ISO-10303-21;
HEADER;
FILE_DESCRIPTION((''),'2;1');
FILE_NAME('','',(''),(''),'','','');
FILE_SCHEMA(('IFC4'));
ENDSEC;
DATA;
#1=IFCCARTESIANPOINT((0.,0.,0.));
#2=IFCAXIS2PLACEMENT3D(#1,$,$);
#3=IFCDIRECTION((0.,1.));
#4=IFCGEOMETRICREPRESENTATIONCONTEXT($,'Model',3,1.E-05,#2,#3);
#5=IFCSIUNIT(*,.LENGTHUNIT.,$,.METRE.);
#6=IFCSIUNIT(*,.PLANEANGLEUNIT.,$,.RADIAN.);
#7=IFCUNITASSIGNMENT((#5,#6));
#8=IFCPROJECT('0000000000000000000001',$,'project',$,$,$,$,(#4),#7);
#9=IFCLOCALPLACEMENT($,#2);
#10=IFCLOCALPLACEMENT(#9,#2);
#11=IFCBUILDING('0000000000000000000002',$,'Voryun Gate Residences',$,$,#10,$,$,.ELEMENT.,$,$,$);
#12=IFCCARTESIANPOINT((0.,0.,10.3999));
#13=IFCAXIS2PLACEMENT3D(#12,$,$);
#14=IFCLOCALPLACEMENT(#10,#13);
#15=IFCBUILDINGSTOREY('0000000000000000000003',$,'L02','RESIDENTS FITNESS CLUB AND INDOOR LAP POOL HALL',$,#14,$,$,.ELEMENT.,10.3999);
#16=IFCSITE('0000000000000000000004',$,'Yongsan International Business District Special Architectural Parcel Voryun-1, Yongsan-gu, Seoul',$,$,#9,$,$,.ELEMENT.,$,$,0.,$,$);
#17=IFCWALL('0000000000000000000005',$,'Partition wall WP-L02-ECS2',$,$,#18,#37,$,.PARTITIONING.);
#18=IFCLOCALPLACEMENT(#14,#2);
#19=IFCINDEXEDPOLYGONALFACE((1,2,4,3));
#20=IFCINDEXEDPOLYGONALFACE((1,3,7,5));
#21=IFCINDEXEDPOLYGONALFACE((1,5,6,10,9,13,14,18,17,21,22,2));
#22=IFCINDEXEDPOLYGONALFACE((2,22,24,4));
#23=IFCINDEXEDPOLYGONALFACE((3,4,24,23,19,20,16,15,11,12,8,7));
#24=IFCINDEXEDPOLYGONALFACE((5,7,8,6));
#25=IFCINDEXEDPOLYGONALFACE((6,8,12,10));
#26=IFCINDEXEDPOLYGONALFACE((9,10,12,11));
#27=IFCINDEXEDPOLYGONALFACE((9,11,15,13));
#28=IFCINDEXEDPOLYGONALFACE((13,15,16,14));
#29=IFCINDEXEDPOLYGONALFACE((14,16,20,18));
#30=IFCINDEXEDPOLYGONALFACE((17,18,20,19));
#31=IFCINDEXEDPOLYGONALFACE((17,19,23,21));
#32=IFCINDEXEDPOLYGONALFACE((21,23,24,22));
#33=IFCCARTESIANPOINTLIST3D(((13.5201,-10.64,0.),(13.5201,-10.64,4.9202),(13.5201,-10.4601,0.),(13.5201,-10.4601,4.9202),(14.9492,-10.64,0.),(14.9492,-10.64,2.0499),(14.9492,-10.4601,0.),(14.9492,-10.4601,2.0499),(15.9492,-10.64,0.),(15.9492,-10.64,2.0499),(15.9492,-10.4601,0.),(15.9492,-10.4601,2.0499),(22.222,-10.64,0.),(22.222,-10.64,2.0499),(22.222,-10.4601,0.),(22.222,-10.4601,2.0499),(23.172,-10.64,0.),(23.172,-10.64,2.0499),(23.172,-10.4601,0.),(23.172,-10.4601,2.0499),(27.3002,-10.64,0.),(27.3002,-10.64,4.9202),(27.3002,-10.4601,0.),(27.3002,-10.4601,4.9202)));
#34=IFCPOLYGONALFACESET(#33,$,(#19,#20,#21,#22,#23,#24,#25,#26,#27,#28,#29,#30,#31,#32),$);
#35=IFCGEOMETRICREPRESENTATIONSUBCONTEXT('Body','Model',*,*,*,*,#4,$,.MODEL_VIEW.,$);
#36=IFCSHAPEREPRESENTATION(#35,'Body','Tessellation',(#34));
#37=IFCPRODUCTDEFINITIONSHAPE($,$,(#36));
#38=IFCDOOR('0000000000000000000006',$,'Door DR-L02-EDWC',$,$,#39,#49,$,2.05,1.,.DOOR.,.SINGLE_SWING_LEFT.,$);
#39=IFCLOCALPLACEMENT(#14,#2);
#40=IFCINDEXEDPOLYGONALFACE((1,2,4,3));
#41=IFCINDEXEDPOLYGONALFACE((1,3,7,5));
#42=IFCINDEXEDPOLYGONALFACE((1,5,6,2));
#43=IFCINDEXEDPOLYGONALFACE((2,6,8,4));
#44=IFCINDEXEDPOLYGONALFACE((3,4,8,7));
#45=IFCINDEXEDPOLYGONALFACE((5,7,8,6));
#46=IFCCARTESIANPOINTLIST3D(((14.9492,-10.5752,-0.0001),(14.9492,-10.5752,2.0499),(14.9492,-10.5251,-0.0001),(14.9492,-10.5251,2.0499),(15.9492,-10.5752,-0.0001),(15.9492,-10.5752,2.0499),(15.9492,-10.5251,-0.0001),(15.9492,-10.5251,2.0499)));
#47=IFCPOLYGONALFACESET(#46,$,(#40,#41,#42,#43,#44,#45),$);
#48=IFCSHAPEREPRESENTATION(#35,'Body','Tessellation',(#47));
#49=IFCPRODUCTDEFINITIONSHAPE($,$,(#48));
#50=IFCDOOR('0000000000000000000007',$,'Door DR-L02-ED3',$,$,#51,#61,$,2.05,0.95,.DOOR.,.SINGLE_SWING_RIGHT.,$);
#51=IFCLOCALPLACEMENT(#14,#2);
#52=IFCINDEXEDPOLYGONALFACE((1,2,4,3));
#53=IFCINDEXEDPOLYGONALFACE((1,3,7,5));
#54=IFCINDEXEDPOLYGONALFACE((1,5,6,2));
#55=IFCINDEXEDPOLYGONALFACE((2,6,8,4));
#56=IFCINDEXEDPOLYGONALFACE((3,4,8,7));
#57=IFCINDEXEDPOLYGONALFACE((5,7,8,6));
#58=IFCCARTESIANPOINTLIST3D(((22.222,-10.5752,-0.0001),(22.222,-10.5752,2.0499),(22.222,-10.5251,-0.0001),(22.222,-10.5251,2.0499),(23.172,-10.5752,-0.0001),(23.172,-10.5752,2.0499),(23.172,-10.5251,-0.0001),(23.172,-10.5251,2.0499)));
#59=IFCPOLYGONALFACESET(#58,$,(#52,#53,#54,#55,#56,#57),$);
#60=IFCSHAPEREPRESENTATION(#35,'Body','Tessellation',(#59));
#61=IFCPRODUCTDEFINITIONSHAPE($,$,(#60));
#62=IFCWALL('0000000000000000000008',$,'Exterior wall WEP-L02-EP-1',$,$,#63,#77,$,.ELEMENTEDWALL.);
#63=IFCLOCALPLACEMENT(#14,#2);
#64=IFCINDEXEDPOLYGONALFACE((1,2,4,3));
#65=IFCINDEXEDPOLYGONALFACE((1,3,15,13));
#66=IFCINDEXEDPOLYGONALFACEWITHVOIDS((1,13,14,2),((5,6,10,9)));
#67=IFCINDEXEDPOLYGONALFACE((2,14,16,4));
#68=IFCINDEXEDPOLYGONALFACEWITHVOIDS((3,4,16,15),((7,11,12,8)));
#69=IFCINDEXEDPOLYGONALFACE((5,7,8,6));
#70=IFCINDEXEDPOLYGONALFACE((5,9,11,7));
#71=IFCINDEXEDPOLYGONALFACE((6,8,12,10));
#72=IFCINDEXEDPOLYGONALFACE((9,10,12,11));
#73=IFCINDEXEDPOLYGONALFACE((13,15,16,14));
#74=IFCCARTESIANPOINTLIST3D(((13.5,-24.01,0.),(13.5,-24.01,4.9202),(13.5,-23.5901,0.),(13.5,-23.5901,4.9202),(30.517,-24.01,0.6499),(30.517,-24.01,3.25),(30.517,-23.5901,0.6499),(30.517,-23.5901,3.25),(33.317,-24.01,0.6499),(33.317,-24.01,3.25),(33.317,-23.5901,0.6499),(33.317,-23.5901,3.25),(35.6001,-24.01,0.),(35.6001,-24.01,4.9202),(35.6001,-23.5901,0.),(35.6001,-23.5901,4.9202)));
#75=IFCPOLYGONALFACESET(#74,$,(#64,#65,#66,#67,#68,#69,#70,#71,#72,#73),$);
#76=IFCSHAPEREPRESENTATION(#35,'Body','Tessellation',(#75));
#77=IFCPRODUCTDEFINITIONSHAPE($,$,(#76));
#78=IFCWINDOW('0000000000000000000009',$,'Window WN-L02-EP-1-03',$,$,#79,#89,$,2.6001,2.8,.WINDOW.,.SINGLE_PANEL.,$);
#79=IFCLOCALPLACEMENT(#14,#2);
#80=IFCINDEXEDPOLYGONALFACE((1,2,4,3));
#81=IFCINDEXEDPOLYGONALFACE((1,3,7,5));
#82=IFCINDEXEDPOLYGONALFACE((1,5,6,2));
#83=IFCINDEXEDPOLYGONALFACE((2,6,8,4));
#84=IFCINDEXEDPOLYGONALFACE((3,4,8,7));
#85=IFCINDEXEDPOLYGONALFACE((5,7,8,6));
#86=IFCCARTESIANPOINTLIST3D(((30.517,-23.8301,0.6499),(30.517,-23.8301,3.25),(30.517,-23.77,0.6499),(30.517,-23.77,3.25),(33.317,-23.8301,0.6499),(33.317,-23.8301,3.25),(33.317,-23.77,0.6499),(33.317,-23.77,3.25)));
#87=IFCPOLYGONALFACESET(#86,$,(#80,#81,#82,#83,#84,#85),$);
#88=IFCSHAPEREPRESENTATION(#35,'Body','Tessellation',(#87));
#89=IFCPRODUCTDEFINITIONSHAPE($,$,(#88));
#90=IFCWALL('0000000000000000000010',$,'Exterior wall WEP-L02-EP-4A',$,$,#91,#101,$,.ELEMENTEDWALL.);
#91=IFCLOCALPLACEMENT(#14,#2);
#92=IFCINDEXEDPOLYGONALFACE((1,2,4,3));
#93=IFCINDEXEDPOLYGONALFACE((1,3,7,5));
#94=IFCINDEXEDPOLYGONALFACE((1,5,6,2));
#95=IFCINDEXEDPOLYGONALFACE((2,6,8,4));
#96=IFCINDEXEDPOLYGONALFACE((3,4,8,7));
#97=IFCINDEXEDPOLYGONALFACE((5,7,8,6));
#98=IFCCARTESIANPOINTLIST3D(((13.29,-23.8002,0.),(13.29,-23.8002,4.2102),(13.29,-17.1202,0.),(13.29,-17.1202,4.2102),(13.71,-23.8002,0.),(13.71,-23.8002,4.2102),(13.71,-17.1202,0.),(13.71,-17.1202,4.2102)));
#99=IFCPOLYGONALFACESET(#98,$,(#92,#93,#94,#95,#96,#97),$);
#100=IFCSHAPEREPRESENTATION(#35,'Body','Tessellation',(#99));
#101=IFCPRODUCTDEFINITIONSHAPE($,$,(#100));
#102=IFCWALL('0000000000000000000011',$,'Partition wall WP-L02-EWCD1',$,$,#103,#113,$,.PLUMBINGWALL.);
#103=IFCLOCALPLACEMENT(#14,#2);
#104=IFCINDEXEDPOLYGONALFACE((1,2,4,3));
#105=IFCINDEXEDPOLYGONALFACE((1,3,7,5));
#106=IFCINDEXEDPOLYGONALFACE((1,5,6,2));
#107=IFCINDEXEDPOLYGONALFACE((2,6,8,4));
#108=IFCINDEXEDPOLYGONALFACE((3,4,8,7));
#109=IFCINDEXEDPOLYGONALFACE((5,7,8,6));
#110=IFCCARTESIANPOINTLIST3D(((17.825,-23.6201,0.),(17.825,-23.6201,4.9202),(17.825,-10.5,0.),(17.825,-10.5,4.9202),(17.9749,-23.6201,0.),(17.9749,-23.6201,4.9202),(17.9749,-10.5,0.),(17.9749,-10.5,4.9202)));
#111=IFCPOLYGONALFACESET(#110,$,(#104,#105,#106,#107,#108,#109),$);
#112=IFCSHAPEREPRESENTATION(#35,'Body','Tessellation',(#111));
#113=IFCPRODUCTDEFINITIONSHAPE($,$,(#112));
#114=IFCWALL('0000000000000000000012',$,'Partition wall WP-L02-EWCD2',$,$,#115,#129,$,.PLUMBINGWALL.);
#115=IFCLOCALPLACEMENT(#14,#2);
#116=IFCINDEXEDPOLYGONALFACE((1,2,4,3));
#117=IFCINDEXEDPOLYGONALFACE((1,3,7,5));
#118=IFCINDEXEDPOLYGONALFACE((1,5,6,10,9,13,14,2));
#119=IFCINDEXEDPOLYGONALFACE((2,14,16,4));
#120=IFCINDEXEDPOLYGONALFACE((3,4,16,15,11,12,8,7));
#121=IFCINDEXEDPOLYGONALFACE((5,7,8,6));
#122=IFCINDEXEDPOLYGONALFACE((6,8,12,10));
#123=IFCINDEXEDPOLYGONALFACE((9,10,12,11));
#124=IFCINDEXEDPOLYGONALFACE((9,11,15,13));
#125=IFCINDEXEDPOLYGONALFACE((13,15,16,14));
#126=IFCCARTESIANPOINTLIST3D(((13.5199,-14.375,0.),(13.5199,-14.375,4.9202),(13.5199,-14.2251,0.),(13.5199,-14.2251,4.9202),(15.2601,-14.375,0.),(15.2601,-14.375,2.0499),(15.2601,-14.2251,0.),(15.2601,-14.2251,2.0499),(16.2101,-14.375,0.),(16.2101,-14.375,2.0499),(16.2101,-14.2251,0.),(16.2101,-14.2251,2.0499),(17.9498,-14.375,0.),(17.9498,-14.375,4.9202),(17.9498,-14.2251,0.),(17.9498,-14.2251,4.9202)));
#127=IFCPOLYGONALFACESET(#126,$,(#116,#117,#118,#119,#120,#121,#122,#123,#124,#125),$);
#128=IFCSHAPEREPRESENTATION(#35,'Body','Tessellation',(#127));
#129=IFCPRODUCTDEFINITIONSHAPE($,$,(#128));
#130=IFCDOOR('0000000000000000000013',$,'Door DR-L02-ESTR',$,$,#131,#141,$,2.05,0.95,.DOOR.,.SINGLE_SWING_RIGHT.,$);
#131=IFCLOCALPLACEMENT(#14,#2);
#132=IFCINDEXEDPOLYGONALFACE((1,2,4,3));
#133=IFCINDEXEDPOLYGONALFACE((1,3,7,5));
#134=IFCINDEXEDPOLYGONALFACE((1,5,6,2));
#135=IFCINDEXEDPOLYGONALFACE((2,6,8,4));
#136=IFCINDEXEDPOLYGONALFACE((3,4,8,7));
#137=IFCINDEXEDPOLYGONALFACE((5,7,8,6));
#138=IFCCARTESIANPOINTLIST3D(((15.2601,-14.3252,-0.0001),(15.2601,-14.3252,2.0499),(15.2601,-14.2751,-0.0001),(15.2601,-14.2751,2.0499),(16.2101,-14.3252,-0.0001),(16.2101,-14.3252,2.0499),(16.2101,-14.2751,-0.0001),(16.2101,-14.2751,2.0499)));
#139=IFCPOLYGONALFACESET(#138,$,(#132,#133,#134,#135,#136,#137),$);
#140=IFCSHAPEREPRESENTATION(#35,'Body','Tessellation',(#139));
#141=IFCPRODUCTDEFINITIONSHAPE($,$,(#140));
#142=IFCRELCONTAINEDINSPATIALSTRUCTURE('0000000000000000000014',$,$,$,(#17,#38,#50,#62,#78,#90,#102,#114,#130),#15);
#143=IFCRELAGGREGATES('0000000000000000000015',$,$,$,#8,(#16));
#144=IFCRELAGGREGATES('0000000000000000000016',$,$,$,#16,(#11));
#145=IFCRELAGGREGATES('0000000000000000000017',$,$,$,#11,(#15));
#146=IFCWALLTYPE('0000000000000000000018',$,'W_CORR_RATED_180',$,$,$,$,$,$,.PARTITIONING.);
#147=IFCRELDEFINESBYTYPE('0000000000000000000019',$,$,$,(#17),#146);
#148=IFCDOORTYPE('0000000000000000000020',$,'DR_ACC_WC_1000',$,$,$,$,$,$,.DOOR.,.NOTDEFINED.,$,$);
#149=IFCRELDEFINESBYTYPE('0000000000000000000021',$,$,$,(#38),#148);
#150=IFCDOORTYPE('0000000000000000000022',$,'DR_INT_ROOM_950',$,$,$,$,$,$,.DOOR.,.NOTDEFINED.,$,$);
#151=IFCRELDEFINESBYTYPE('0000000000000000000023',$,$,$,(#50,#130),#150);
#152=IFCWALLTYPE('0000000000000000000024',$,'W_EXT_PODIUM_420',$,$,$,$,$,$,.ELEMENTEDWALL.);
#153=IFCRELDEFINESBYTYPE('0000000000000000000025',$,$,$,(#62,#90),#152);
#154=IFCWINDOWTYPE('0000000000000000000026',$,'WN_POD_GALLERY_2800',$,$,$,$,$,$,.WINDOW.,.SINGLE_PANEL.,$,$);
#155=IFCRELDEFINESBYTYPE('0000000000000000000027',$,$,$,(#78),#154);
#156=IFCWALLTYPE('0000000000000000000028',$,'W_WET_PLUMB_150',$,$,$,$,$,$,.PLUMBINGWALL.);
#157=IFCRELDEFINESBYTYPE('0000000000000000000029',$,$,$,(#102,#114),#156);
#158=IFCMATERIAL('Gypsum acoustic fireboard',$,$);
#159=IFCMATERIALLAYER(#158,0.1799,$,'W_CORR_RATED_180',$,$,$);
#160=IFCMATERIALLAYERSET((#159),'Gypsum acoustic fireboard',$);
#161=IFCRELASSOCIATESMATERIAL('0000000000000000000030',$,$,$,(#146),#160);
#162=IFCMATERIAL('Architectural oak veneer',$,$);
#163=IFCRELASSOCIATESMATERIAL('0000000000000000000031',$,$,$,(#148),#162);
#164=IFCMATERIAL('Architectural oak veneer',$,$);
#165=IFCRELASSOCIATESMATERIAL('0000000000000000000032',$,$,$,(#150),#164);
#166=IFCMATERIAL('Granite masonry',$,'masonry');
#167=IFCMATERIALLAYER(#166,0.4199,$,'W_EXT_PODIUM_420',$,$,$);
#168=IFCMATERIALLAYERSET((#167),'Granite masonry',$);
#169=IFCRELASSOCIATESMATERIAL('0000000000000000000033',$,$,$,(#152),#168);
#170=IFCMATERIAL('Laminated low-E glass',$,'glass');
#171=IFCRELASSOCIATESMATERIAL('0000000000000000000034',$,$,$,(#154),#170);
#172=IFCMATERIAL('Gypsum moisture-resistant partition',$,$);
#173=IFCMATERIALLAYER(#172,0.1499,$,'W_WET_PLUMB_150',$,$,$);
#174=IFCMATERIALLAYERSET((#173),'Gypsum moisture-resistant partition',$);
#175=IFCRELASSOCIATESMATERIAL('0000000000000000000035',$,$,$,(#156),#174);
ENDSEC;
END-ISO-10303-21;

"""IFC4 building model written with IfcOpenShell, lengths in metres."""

from ifc_helpers import new_model, si_unit, direction, frame, frame_2d, origin, place, context, subcontext, project, spatial, rectangle, extrude, material, layer, layer_set, type_object, element, fill, save


model = new_model("IFC4")

# Units and contexts
model_context = context("Model", 3, precision=1e-05, world=origin(), true_north=direction((0.0, 1.0)))
body_context = subcontext(model_context, "Body", "Model", "MODEL_VIEW")
ifc_project = project(units=[si_unit("LENGTHUNIT", "METRE"), si_unit("PLANEANGLEUNIT", "RADIAN")], contexts=[model_context])

# Site, building, storey
site_placement = place(None, origin())
site = spatial("IfcSite", under=ifc_project, at=site_placement, Name="Yongsan International Business District Special Architectural Parcel Voryun-1, Yongsan-gu, Seoul", CompositionType="ELEMENT", RefElevation=0.0)
building_placement = place(site_placement, origin())
building = spatial("IfcBuilding", under=site, at=building_placement, Name="Voryun Gate Residences", CompositionType="ELEMENT")
storey_placement = place(building_placement, frame((0.0, 0.0, 10.3999)))
storey = spatial("IfcBuildingStorey", under=building, at=storey_placement, Name="L02", Description="RESIDENTS FITNESS CLUB AND INDOOR LAP POOL HALL", CompositionType="ELEMENT", Elevation=10.3999)

# Wall, openings, doors
ifc_material_1 = material(Name="Gypsum acoustic fireboard")
ifc_layer_1 = layer(ifc_material_1, 0.1799, Name="W_CORR_RATED_180")
ifc_layer_set_1 = layer_set([ifc_layer_1], Name="Gypsum acoustic fireboard")
wall_type_1 = type_object("IfcWallType", Name="W_CORR_RATED_180", PredefinedType="PARTITIONING", material=ifc_layer_set_1)
wall_1_placement = place(storey_placement, frame((13.52, -10.55, 0.0), z_axis=(0.0, 0.0, 1.0), x_axis=(1.0, 0.0, 0.0)))
wall_1 = element("IfcWall", 1, at=wall_1_placement, inside=storey, type_object=wall_type_1, Name="Partition wall WP-L02-ECS2", PredefinedType="PARTITIONING", context=body_context, shape_type="SweptSolid", body=[
    extrude(rectangle(XDim=13.78, YDim=0.1799, at=frame_2d((6.8901, 0.0))), origin(), (0.0, 0.0, 1.0), 4.9202),
])
opening_1_placement = place(wall_1_placement, frame((1.4292, 0.0, 0.0)))
opening_1 = element("IfcOpeningElement", 2, at=opening_1_placement, cuts=wall_1, PredefinedType="OPENING", context=body_context, shape_type="SweptSolid", body=[
    extrude(rectangle(XDim=1.0, YDim=2.05, at=frame_2d((0.5, 1.0249))), frame((0.0, 0.0999, 0.0), z_axis=(0.0, -1.0, 0.0), x_axis=(1.0, 0.0, 0.0)), (0.0, 0.0, 1.0), 0.2),
])
opening_2_placement = place(wall_1_placement, frame((8.7019, 0.0, 0.0)))
opening_2 = element("IfcOpeningElement", 3, at=opening_2_placement, cuts=wall_1, PredefinedType="OPENING", context=body_context, shape_type="SweptSolid", body=[
    extrude(rectangle(XDim=0.95, YDim=2.05, at=frame_2d((0.4751, 1.0249))), frame((0.0, 0.0999, 0.0), z_axis=(0.0, -1.0, 0.0), x_axis=(1.0, 0.0, 0.0)), (0.0, 0.0, 1.0), 0.2),
])
ifc_material_2 = material(Name="Architectural oak veneer")
door_type_1 = type_object("IfcDoorType", Name="DR_ACC_WC_1000", OperationType="NOTDEFINED", PredefinedType="DOOR", material=ifc_material_2)
door_1_placement = place(opening_1_placement, origin())
door_1 = element("IfcDoor", 4, at=door_1_placement, inside=storey, type_object=door_type_1, Name="Door DR-L02-EDWC", OperationType="SINGLE_SWING_LEFT", OverallHeight=2.05, OverallWidth=1.0, PredefinedType="DOOR", context=body_context, shape_type="SweptSolid", body=[
    extrude(rectangle(XDim=1.0, YDim=2.05, at=frame_2d((0.5, 1.0249))), frame((0.0, 0.0249, 0.0), z_axis=(0.0, -1.0, 0.0), x_axis=(1.0, 0.0, 0.0)), (0.0, 0.0, 1.0), 0.05),
])
fill(opening_1, door_1)
ifc_material_3 = material(Name="Architectural oak veneer")
door_type_2 = type_object("IfcDoorType", Name="DR_INT_ROOM_950", OperationType="NOTDEFINED", PredefinedType="DOOR", material=ifc_material_3)
door_2_placement = place(opening_2_placement, origin())
door_2 = element("IfcDoor", 5, at=door_2_placement, inside=storey, type_object=door_type_2, Name="Door DR-L02-ED3", OperationType="SINGLE_SWING_RIGHT", OverallHeight=2.05, OverallWidth=0.95, PredefinedType="DOOR", context=body_context, shape_type="SweptSolid", body=[
    extrude(rectangle(XDim=0.95, YDim=2.05, at=frame_2d((0.4751, 1.0249))), frame((0.0, 0.0249, 0.0), z_axis=(0.0, -1.0, 0.0), x_axis=(1.0, 0.0, 0.0)), (0.0, 0.0, 1.0), 0.05),
])
fill(opening_2, door_2)

# Wall, opening, window
ifc_material_4 = material(Name="Granite masonry", Category="masonry")
ifc_layer_2 = layer(ifc_material_4, 0.4199, Name="W_EXT_PODIUM_420")
ifc_layer_set_2 = layer_set([ifc_layer_2], Name="Granite masonry")
wall_type_2 = type_object("IfcWallType", Name="W_EXT_PODIUM_420", PredefinedType="ELEMENTEDWALL", material=ifc_layer_set_2)
wall_2_placement = place(storey_placement, frame((13.5, -23.8, 0.0), z_axis=(0.0, 0.0, 1.0), x_axis=(1.0, 0.0, 0.0)))
wall_2 = element("IfcWall", 6, at=wall_2_placement, inside=storey, type_object=wall_type_2, Name="Exterior wall WEP-L02-EP-1", PredefinedType="ELEMENTEDWALL", context=body_context, shape_type="SweptSolid", body=[
    extrude(rectangle(XDim=22.1001, YDim=0.4199, at=frame_2d((11.05, 0.0))), origin(), (0.0, 0.0, 1.0), 4.9202),
])
opening_3_placement = place(wall_2_placement, frame((17.0171, 0.0, 0.6499)))
opening_3 = element("IfcOpeningElement", 7, at=opening_3_placement, cuts=wall_2, PredefinedType="OPENING", context=body_context, shape_type="SweptSolid", body=[
    extrude(rectangle(XDim=2.8, YDim=2.6001, at=frame_2d((1.3999, 1.3))), frame((0.0, 0.22, 0.0), z_axis=(0.0, -1.0, 0.0), x_axis=(1.0, 0.0, 0.0)), (0.0, 0.0, 1.0), 0.4399),
])
ifc_material_5 = material(Name="Laminated low-E glass", Category="glass")
window_type = type_object("IfcWindowType", Name="WN_POD_GALLERY_2800", PartitioningType="SINGLE_PANEL", PredefinedType="WINDOW", material=ifc_material_5)
window_placement = place(opening_3_placement, origin())
window = element("IfcWindow", 8, at=window_placement, inside=storey, type_object=window_type, Name="Window WN-L02-EP-1-03", OverallHeight=2.6001, OverallWidth=2.8, PartitioningType="SINGLE_PANEL", PredefinedType="WINDOW", context=body_context, shape_type="SweptSolid", body=[
    extrude(rectangle(XDim=2.8, YDim=2.6001, at=frame_2d((1.3999, 1.3))), frame((0.0, 0.03, 0.0), z_axis=(0.0, -1.0, 0.0), x_axis=(1.0, 0.0, 0.0)), (0.0, 0.0, 1.0), 0.0601),
])
fill(opening_3, window)

# Walls
wall_3_placement = place(storey_placement, frame((13.5, -23.8, 0.0), z_axis=(0.0, 0.0, 1.0), x_axis=(0.0, 1.0, 0.0)))
element("IfcWall", 9, at=wall_3_placement, inside=storey, type_object=wall_type_2, Name="Exterior wall WEP-L02-EP-4A", PredefinedType="ELEMENTEDWALL", context=body_context, shape_type="SweptSolid", body=[
    extrude(rectangle(XDim=6.6799, YDim=0.4199, at=frame_2d((3.3398, 0.0))), origin(), (0.0, 0.0, 1.0), 4.2102),
])
ifc_material_6 = material(Name="Gypsum moisture-resistant partition")
ifc_layer_3 = layer(ifc_material_6, 0.1499, Name="W_WET_PLUMB_150")
ifc_layer_set_3 = layer_set([ifc_layer_3], Name="Gypsum moisture-resistant partition")
wall_type_3 = type_object("IfcWallType", Name="W_WET_PLUMB_150", PredefinedType="PLUMBINGWALL", material=ifc_layer_set_3)
wall_4_placement = place(storey_placement, frame((17.8999, -23.6201, 0.0), z_axis=(0.0, 0.0, 1.0), x_axis=(0.0, 1.0, 0.0)))
element("IfcWall", 10, at=wall_4_placement, inside=storey, type_object=wall_type_3, Name="Partition wall WP-L02-EWCD1", PredefinedType="PLUMBINGWALL", context=body_context, shape_type="SweptSolid", body=[
    extrude(rectangle(XDim=13.1201, YDim=0.1499, at=frame_2d((6.5601, 0.0))), origin(), (0.0, 0.0, 1.0), 4.9202),
])

# Wall, opening, door
wall_5_placement = place(storey_placement, frame((13.52, -14.3, 0.0), z_axis=(0.0, 0.0, 1.0), x_axis=(1.0, 0.0, 0.0)))
wall_5 = element("IfcWall", 11, at=wall_5_placement, inside=storey, type_object=wall_type_3, Name="Partition wall WP-L02-EWCD2", PredefinedType="PLUMBINGWALL", context=body_context, shape_type="SweptSolid", body=[
    extrude(rectangle(XDim=4.4299, YDim=0.1499, at=frame_2d((2.2148, 0.0))), origin(), (0.0, 0.0, 1.0), 4.9202),
])
opening_4_placement = place(wall_5_placement, frame((1.74, 0.0, 0.0)))
opening_4 = element("IfcOpeningElement", 12, at=opening_4_placement, cuts=wall_5, PredefinedType="OPENING", context=body_context, shape_type="SweptSolid", body=[
    extrude(rectangle(XDim=0.95, YDim=2.05, at=frame_2d((0.4751, 1.0249))), frame((0.0, 0.085, 0.0), z_axis=(0.0, -1.0, 0.0), x_axis=(1.0, 0.0, 0.0)), (0.0, 0.0, 1.0), 0.1699),
])
door_3_placement = place(opening_4_placement, origin())
door_3 = element("IfcDoor", 13, at=door_3_placement, inside=storey, type_object=door_type_2, Name="Door DR-L02-ESTR", OperationType="SINGLE_SWING_RIGHT", OverallHeight=2.05, OverallWidth=0.95, PredefinedType="DOOR", context=body_context, shape_type="SweptSolid", body=[
    extrude(rectangle(XDim=0.95, YDim=2.05, at=frame_2d((0.4751, 1.0249))), frame((0.0, 0.0249, 0.0), z_axis=(0.0, -1.0, 0.0), x_axis=(1.0, 0.0, 0.0)), (0.0, 0.0, 1.0), 0.05),
])
fill(opening_4, door_3)

save(model, "model.ifc")
